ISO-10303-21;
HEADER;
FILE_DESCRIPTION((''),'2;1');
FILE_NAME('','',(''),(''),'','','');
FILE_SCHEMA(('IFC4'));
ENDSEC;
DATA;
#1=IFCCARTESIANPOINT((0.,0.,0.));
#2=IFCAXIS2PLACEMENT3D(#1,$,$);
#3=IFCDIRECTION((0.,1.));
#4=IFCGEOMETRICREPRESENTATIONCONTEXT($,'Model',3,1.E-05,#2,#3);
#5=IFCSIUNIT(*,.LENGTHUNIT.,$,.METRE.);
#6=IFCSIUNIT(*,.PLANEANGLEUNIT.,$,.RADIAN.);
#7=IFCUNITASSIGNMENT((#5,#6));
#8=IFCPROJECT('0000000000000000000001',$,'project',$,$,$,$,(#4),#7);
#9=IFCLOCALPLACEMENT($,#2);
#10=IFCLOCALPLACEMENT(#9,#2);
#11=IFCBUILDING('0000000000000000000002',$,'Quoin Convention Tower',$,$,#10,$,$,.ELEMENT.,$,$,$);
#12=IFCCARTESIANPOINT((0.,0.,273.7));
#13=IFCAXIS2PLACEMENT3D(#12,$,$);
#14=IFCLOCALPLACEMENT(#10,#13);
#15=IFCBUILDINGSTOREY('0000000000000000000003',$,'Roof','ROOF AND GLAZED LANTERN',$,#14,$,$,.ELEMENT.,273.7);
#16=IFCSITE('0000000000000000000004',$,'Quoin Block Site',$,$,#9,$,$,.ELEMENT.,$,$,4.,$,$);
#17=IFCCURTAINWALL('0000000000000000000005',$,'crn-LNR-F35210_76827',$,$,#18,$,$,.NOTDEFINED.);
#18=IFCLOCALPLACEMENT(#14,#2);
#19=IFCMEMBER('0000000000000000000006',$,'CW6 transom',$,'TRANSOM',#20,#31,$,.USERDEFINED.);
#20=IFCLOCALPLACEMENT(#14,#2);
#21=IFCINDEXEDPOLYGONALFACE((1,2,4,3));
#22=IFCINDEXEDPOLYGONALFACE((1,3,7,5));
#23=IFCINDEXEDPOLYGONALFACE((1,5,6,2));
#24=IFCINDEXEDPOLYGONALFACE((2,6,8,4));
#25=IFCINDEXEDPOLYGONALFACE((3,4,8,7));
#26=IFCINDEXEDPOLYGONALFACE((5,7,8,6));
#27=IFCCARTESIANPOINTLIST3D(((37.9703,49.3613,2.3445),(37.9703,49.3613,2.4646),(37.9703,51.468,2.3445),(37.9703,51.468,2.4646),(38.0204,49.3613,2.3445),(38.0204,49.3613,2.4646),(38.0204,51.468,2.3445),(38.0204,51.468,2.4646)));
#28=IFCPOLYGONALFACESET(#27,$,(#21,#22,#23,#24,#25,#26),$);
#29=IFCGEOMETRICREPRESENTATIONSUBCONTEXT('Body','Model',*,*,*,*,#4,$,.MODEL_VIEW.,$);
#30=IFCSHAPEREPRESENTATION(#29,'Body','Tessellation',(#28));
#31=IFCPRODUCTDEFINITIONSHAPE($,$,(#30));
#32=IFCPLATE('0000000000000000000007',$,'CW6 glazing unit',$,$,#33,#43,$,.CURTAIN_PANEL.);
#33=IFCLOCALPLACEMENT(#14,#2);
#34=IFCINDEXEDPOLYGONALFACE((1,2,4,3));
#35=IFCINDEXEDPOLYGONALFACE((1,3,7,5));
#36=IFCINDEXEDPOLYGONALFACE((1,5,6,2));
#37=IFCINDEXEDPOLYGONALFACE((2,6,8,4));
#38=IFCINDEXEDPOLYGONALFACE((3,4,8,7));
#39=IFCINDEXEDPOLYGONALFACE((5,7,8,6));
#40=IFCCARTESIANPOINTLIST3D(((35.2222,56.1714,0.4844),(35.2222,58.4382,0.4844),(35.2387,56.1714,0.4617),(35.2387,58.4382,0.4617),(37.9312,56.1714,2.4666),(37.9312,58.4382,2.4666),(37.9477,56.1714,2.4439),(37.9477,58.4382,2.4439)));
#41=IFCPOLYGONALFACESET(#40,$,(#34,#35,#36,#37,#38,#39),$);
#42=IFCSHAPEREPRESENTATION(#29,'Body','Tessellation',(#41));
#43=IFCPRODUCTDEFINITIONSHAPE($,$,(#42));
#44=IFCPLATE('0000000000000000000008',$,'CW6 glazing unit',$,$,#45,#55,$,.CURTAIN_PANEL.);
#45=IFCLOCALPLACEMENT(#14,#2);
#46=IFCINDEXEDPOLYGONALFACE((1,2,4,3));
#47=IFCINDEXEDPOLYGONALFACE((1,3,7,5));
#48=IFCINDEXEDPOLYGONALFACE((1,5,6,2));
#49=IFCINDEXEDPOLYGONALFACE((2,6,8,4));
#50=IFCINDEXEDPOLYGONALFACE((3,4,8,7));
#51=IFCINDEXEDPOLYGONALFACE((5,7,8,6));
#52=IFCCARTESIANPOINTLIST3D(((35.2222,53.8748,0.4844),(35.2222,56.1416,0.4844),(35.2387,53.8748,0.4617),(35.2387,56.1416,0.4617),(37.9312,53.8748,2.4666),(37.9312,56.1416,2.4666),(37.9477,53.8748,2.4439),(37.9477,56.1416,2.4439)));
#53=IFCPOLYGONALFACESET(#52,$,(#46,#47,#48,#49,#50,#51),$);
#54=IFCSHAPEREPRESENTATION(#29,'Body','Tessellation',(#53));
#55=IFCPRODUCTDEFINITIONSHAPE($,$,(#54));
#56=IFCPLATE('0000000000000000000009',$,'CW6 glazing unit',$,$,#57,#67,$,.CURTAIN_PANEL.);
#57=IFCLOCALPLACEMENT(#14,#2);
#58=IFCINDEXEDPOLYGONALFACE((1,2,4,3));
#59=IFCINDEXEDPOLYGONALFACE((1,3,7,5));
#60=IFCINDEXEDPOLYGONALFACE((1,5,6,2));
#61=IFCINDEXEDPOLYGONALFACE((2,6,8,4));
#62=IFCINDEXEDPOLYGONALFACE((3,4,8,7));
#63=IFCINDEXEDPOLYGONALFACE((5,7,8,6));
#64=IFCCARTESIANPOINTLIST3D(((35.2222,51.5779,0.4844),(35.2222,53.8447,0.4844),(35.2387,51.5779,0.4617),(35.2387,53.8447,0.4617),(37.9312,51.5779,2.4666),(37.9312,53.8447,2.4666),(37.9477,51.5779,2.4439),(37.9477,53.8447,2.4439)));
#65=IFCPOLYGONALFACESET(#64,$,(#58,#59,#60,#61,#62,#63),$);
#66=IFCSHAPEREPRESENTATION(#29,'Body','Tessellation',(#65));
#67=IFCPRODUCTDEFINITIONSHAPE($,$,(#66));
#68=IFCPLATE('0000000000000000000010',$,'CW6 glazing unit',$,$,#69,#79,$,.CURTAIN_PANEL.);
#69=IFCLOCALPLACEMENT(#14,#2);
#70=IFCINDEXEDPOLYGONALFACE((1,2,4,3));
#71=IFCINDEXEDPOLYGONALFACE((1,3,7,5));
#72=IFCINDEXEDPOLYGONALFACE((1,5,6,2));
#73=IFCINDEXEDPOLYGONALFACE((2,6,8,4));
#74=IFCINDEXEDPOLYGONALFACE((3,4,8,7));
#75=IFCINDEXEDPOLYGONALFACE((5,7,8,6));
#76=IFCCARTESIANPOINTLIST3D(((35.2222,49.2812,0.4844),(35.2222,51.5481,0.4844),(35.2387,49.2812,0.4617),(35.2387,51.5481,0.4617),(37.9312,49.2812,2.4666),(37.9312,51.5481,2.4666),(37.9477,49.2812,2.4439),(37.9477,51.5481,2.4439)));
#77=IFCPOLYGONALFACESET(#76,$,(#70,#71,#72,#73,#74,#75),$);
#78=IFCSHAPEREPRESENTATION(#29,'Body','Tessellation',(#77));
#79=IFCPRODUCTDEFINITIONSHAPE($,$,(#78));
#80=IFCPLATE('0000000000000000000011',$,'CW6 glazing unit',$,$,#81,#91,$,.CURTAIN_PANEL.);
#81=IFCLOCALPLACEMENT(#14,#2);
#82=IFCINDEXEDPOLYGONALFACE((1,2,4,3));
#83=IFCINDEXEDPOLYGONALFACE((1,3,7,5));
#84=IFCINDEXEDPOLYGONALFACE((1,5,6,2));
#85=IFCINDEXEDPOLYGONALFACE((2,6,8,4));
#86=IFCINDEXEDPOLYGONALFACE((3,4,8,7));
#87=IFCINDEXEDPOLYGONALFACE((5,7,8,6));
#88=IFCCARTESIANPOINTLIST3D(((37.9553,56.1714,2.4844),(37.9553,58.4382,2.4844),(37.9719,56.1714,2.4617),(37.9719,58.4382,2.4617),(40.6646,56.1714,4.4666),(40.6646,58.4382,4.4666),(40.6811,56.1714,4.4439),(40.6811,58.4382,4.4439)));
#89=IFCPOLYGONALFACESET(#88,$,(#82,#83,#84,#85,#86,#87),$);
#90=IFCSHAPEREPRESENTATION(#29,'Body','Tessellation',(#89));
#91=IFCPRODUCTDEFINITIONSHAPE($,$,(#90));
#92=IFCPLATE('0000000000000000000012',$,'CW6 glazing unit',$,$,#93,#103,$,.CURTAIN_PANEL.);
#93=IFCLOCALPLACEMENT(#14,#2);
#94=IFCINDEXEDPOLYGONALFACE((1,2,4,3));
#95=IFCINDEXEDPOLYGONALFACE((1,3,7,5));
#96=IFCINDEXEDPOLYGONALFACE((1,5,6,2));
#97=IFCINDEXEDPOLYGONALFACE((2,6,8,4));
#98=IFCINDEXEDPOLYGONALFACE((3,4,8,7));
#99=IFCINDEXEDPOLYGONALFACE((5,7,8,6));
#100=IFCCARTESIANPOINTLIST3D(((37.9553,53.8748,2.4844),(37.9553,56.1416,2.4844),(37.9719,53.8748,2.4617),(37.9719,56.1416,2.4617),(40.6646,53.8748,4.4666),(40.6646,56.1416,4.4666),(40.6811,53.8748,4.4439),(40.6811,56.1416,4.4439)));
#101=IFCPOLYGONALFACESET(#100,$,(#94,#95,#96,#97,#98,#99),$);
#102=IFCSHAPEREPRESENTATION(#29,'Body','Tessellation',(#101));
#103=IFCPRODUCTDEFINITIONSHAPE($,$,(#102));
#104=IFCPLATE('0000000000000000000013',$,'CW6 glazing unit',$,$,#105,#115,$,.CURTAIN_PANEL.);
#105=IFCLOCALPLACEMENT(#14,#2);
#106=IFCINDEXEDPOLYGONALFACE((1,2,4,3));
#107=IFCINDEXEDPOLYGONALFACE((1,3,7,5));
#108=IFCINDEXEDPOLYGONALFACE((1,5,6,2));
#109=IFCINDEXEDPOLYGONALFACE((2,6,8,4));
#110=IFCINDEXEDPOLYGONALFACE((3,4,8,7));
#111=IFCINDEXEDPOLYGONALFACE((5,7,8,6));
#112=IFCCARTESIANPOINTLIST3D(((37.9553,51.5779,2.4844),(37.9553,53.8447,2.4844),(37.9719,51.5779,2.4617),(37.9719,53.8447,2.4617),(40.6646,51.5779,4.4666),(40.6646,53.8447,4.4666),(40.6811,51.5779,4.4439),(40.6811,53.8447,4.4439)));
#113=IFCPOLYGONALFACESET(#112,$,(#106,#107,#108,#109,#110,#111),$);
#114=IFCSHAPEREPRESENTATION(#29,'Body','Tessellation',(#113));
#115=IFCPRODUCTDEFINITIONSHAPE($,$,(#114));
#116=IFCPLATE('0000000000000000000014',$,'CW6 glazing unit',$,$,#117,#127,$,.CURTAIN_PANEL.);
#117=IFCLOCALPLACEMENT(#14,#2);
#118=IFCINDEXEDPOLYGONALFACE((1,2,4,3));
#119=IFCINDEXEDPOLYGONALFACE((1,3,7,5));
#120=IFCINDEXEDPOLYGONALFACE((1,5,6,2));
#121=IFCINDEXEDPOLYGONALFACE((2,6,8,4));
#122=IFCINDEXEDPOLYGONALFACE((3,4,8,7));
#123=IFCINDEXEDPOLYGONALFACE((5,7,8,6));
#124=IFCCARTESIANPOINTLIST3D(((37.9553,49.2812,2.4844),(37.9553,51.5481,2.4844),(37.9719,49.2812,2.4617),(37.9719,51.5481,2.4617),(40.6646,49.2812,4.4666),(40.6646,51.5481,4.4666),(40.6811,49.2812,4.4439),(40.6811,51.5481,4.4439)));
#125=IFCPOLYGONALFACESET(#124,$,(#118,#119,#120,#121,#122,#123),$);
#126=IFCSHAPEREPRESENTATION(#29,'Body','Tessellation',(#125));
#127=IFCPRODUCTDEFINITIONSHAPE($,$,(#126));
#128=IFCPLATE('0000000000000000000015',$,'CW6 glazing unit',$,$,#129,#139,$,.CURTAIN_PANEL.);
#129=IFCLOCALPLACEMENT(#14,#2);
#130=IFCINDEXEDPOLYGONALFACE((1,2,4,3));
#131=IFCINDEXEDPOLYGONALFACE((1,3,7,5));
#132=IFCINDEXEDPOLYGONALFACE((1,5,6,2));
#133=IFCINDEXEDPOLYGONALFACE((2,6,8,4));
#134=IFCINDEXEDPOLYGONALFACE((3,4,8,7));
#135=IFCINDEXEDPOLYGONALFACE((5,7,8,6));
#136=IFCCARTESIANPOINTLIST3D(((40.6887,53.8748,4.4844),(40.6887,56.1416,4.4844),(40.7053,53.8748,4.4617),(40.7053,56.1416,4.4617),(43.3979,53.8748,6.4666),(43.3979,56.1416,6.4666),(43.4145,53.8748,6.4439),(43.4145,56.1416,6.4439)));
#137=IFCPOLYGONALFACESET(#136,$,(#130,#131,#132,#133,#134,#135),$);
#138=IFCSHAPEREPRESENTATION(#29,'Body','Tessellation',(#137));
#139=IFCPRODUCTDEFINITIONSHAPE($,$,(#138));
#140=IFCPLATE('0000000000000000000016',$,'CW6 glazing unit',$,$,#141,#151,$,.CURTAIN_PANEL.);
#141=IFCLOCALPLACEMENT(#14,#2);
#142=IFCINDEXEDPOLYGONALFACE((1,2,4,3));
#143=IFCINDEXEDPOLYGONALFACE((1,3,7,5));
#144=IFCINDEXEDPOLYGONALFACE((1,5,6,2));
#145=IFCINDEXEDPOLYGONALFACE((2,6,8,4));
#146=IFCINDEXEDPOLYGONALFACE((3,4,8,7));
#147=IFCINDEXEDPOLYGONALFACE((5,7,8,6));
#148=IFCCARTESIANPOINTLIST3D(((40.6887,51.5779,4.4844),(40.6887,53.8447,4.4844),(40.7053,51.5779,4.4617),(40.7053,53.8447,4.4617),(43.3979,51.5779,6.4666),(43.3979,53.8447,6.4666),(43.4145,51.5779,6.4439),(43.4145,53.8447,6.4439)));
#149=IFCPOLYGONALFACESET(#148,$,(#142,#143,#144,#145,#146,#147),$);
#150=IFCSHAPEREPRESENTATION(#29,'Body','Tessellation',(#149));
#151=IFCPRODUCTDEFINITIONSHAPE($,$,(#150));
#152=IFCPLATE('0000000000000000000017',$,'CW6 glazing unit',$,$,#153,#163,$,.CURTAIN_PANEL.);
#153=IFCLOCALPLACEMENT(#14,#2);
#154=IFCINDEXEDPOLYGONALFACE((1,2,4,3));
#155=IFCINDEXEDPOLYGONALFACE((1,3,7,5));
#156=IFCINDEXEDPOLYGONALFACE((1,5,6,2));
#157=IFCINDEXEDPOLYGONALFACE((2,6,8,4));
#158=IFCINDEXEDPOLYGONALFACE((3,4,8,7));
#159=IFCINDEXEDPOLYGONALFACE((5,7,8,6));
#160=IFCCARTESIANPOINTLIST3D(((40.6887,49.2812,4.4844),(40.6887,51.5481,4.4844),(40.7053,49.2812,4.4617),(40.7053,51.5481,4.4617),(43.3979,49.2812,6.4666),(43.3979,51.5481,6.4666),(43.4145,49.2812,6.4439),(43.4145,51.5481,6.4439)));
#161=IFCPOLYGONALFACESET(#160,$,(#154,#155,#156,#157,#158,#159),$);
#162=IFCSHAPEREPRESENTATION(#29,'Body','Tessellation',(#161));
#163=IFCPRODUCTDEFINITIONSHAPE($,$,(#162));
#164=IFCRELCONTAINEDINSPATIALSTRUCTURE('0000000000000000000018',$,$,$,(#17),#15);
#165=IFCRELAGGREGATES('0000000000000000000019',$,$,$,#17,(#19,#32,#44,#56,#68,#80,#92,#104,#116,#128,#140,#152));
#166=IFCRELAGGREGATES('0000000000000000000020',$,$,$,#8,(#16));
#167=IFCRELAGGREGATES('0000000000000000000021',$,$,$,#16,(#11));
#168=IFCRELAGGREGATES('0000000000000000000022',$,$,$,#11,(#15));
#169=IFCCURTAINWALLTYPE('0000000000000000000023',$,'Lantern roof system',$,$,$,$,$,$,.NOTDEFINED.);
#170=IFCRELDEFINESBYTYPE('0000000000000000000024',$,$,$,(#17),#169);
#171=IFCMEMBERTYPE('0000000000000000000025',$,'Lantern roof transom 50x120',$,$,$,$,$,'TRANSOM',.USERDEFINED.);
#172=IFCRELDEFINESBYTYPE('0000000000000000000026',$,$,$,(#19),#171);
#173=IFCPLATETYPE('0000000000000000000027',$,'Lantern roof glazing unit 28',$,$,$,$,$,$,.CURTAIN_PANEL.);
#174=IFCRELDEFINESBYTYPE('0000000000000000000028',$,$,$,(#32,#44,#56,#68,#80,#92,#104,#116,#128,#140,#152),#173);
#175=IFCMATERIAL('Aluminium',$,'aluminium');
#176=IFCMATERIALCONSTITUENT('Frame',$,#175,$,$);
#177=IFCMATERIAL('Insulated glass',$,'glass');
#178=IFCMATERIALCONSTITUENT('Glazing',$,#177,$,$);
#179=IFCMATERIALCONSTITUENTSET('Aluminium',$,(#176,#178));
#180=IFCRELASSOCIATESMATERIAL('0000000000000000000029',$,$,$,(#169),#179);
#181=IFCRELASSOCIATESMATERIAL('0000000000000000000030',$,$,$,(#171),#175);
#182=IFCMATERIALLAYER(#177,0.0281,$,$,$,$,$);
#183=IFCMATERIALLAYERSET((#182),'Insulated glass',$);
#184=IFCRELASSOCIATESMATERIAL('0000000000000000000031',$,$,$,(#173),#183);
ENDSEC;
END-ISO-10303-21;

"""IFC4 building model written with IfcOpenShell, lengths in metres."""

from ifc_helpers import new_model, si_unit, direction, frame, origin, origin_2d, place, context, subcontext, project, spatial, polyline, rectangle, outline, extrude, material, layer, layer_set, constituent, constituent_set, material_profile, profile_set, type_object, element, aggregate, save


model = new_model("IFC4")

# Units and contexts
model_context = context("Model", 3, precision=1e-05, world=origin(), true_north=direction((0.0, 1.0)))
body_context = subcontext(model_context, "Body", "Model", "MODEL_VIEW")
ifc_project = project(units=[si_unit("LENGTHUNIT", "METRE"), si_unit("PLANEANGLEUNIT", "RADIAN")], contexts=[model_context])

# Site, building, storey
site_placement = place(None, origin())
site = spatial("IfcSite", under=ifc_project, at=site_placement, Name="Quoin Block Site", CompositionType="ELEMENT", RefElevation=4.0)
building_placement = place(site_placement, origin())
building = spatial("IfcBuilding", under=site, at=building_placement, Name="Quoin Convention Tower", CompositionType="ELEMENT")
storey_placement = place(building_placement, frame((0.0, 0.0, 273.7)))
storey = spatial("IfcBuildingStorey", under=building, at=storey_placement, Name="Roof", Description="ROOF AND GLAZED LANTERN", CompositionType="ELEMENT", Elevation=273.7)

# Curtain wall, member, plates
ifc_material_1 = material(Name="Aluminium", Category="aluminium")
ifc_constituent_1 = constituent(ifc_material_1, Name="Frame")
ifc_material_2 = material(Name="Insulated glass", Category="glass")
ifc_constituent_2 = constituent(ifc_material_2, Name="Glazing")
ifc_constituent_set = constituent_set(constituents=[ifc_constituent_1, ifc_constituent_2], Name="Aluminium")
curtain_wall_type = type_object("IfcCurtainWallType", Name="Lantern roof system", PredefinedType="NOTDEFINED", material=ifc_constituent_set)
curtain_wall_placement = place(storey_placement, origin())
curtain_wall = element("IfcCurtainWall", 1, at=curtain_wall_placement, inside=storey, type_object=curtain_wall_type, Name="crn-LNR-F35210_76827", PredefinedType="NOTDEFINED")
ifc_material_profile_1 = material_profile(ifc_material_1, rectangle(XDim=0.1201, YDim=0.05, at=origin_2d()), Name="Lantern roof transom 50x120")
ifc_profile_set_1 = profile_set([ifc_material_profile_1], Name="Aluminium")
member_type_1 = type_object("IfcMemberType", Name="Lantern roof transom 50x120", ElementType="TRANSOM", PredefinedType="USERDEFINED", material=ifc_profile_set_1)
member_1_placement = place(storey_placement, frame((37.9954, 51.468, 2.4045), z_axis=(0.0, -1.0, 0.0), x_axis=(0.0, 0.0, 1.0)))
member_1 = element("IfcMember", 2, at=member_1_placement, type_object=member_type_1, Name="CW6 transom", ObjectType="TRANSOM", PredefinedType="USERDEFINED", context=body_context, shape_type="SweptSolid", body=[
    extrude(rectangle(XDim=0.1201, YDim=0.05, at=origin_2d()), origin(), (0.0, 0.0, 1.0), 2.1067),
])
ifc_layer = layer(ifc_material_2, 0.0281)
ifc_layer_set = layer_set([ifc_layer], Name="Insulated glass")
plate_type = type_object("IfcPlateType", Name="Lantern roof glazing unit 28", PredefinedType="CURTAIN_PANEL", material=ifc_layer_set)
plate_1_placement = place(storey_placement, frame((37.9312, 58.4382, 2.4666), z_axis=(-0.590509, 0.0, 0.807031), x_axis=(0.0, -1.0, 0.0)))
plate_1 = element("IfcPlate", 3, at=plate_1_placement, type_object=plate_type, Name="CW6 glazing unit", PredefinedType="CURTAIN_PANEL", context=body_context, shape_type="SweptSolid", body=[
    extrude(outline(polyline([(0.0, 0.0), (2.2668, 0.0), (2.2668, -3.3567), (0.0, -3.3567), (0.0, 0.0)])), origin(), (0.0, 0.0, -1.0), 0.0281),
])
plate_2_placement = place(storey_placement, frame((37.9312, 56.1416, 2.4666), z_axis=(-0.590509, 0.0, 0.807031), x_axis=(0.0, -1.0, 0.0)))
plate_2 = element("IfcPlate", 4, at=plate_2_placement, type_object=plate_type, Name="CW6 glazing unit", PredefinedType="CURTAIN_PANEL", context=body_context, shape_type="SweptSolid", body=[
    extrude(outline(polyline([(0.0, 0.0), (2.2668, 0.0), (2.2668, -3.3567), (0.0, -3.3567), (0.0, 0.0)])), origin(), (0.0, 0.0, -1.0), 0.0281),
])
plate_3_placement = place(storey_placement, frame((37.9312, 53.8447, 2.4666), z_axis=(-0.590509, 0.0, 0.807031), x_axis=(0.0, -1.0, 0.0)))
plate_3 = element("IfcPlate", 5, at=plate_3_placement, type_object=plate_type, Name="CW6 glazing unit", PredefinedType="CURTAIN_PANEL", context=body_context, shape_type="SweptSolid", body=[
    extrude(outline(polyline([(0.0, 0.0), (2.2668, 0.0), (2.2668, -3.3567), (0.0, -3.3567), (0.0, 0.0)])), origin(), (0.0, 0.0, -1.0), 0.0281),
])
plate_4_placement = place(storey_placement, frame((37.9312, 51.5481, 2.4666), z_axis=(-0.590509, 0.0, 0.807031), x_axis=(0.0, -1.0, 0.0)))
plate_4 = element("IfcPlate", 6, at=plate_4_placement, type_object=plate_type, Name="CW6 glazing unit", PredefinedType="CURTAIN_PANEL", context=body_context, shape_type="SweptSolid", body=[
    extrude(outline(polyline([(0.0, 0.0), (2.2668, 0.0), (2.2668, -3.3567), (0.0, -3.3567), (0.0, 0.0)])), origin(), (0.0, 0.0, -1.0), 0.0281),
])
plate_5_placement = place(storey_placement, frame((37.9553, 58.4382, 2.4844), z_axis=(-0.590474, 0.0, 0.807057), x_axis=(0.807057, 0.0, 0.590474)))
plate_5 = element("IfcPlate", 7, at=plate_5_placement, type_object=plate_type, Name="CW6 glazing unit", PredefinedType="CURTAIN_PANEL", context=body_context, shape_type="SweptSolid", body=[
    extrude(outline(polyline([(0.0, 0.0), (3.3569, 0.0), (3.3569, -2.2668), (0.0, -2.2668), (0.0, 0.0)])), origin(), (0.0, 0.0, -1.0), 0.0281),
])
plate_6_placement = place(storey_placement, frame((37.9553, 56.1416, 2.4844), z_axis=(-0.590474, 0.0, 0.807057), x_axis=(0.807057, 0.0, 0.590474)))
plate_6 = element("IfcPlate", 8, at=plate_6_placement, type_object=plate_type, Name="CW6 glazing unit", PredefinedType="CURTAIN_PANEL", context=body_context, shape_type="SweptSolid", body=[
    extrude(outline(polyline([(0.0, 0.0), (3.3569, 0.0), (3.3569, -2.2668), (0.0, -2.2668), (0.0, 0.0)])), origin(), (0.0, 0.0, -1.0), 0.0281),
])
plate_7_placement = place(storey_placement, frame((37.9553, 53.8447, 2.4844), z_axis=(-0.590474, 0.0, 0.807057), x_axis=(0.807057, 0.0, 0.590474)))
plate_7 = element("IfcPlate", 9, at=plate_7_placement, type_object=plate_type, Name="CW6 glazing unit", PredefinedType="CURTAIN_PANEL", context=body_context, shape_type="SweptSolid", body=[
    extrude(outline(polyline([(0.0, 0.0), (3.3569, 0.0), (3.3569, -2.2668), (0.0, -2.2668), (0.0, 0.0)])), origin(), (0.0, 0.0, -1.0), 0.0281),
])
plate_8_placement = place(storey_placement, frame((37.9553, 51.5481, 2.4844), z_axis=(-0.590474, 0.0, 0.807057), x_axis=(0.807057, 0.0, 0.590474)))
plate_8 = element("IfcPlate", 10, at=plate_8_placement, type_object=plate_type, Name="CW6 glazing unit", PredefinedType="CURTAIN_PANEL", context=body_context, shape_type="SweptSolid", body=[
    extrude(outline(polyline([(0.0, 0.0), (3.3569, 0.0), (3.3569, -2.2668), (0.0, -2.2668), (0.0, 0.0)])), origin(), (0.0, 0.0, -1.0), 0.0281),
])
plate_9_placement = place(storey_placement, frame((40.6887, 53.8748, 4.4844), z_axis=(-0.590474, 0.0, 0.807057), x_axis=(0.0, 1.0, 0.0)))
plate_9 = element("IfcPlate", 11, at=plate_9_placement, type_object=plate_type, Name="CW6 glazing unit", PredefinedType="CURTAIN_PANEL", context=body_context, shape_type="SweptSolid", body=[
    extrude(outline(polyline([(0.0, 0.0), (2.2668, 0.0), (2.2668, -3.3569), (0.0, -3.3569), (0.0, 0.0)])), origin(), (0.0, 0.0, -1.0), 0.0281),
])
plate_10_placement = place(storey_placement, frame((40.6887, 51.5779, 4.4844), z_axis=(-0.590474, 0.0, 0.807057), x_axis=(0.0, 1.0, 0.0)))
plate_10 = element("IfcPlate", 12, at=plate_10_placement, type_object=plate_type, Name="CW6 glazing unit", PredefinedType="CURTAIN_PANEL", context=body_context, shape_type="SweptSolid", body=[
    extrude(outline(polyline([(0.0, 0.0), (2.2668, 0.0), (2.2668, -3.3569), (0.0, -3.3569), (0.0, 0.0)])), origin(), (0.0, 0.0, -1.0), 0.0281),
])
plate_11_placement = place(storey_placement, frame((40.6887, 49.2812, 4.4844), z_axis=(-0.590474, 0.0, 0.807057), x_axis=(0.0, 1.0, 0.0)))
plate_11 = element("IfcPlate", 13, at=plate_11_placement, type_object=plate_type, Name="CW6 glazing unit", PredefinedType="CURTAIN_PANEL", context=body_context, shape_type="SweptSolid", body=[
    extrude(outline(polyline([(0.0, 0.0), (2.2668, 0.0), (2.2668, -3.3569), (0.0, -3.3569), (0.0, 0.0)])), origin(), (0.0, 0.0, -1.0), 0.0281),
])
aggregate(curtain_wall, [member_1, plate_1, plate_2, plate_3, plate_4, plate_5, plate_6, plate_7, plate_8, plate_9, plate_10, plate_11])

save(model, "model.ifc")
